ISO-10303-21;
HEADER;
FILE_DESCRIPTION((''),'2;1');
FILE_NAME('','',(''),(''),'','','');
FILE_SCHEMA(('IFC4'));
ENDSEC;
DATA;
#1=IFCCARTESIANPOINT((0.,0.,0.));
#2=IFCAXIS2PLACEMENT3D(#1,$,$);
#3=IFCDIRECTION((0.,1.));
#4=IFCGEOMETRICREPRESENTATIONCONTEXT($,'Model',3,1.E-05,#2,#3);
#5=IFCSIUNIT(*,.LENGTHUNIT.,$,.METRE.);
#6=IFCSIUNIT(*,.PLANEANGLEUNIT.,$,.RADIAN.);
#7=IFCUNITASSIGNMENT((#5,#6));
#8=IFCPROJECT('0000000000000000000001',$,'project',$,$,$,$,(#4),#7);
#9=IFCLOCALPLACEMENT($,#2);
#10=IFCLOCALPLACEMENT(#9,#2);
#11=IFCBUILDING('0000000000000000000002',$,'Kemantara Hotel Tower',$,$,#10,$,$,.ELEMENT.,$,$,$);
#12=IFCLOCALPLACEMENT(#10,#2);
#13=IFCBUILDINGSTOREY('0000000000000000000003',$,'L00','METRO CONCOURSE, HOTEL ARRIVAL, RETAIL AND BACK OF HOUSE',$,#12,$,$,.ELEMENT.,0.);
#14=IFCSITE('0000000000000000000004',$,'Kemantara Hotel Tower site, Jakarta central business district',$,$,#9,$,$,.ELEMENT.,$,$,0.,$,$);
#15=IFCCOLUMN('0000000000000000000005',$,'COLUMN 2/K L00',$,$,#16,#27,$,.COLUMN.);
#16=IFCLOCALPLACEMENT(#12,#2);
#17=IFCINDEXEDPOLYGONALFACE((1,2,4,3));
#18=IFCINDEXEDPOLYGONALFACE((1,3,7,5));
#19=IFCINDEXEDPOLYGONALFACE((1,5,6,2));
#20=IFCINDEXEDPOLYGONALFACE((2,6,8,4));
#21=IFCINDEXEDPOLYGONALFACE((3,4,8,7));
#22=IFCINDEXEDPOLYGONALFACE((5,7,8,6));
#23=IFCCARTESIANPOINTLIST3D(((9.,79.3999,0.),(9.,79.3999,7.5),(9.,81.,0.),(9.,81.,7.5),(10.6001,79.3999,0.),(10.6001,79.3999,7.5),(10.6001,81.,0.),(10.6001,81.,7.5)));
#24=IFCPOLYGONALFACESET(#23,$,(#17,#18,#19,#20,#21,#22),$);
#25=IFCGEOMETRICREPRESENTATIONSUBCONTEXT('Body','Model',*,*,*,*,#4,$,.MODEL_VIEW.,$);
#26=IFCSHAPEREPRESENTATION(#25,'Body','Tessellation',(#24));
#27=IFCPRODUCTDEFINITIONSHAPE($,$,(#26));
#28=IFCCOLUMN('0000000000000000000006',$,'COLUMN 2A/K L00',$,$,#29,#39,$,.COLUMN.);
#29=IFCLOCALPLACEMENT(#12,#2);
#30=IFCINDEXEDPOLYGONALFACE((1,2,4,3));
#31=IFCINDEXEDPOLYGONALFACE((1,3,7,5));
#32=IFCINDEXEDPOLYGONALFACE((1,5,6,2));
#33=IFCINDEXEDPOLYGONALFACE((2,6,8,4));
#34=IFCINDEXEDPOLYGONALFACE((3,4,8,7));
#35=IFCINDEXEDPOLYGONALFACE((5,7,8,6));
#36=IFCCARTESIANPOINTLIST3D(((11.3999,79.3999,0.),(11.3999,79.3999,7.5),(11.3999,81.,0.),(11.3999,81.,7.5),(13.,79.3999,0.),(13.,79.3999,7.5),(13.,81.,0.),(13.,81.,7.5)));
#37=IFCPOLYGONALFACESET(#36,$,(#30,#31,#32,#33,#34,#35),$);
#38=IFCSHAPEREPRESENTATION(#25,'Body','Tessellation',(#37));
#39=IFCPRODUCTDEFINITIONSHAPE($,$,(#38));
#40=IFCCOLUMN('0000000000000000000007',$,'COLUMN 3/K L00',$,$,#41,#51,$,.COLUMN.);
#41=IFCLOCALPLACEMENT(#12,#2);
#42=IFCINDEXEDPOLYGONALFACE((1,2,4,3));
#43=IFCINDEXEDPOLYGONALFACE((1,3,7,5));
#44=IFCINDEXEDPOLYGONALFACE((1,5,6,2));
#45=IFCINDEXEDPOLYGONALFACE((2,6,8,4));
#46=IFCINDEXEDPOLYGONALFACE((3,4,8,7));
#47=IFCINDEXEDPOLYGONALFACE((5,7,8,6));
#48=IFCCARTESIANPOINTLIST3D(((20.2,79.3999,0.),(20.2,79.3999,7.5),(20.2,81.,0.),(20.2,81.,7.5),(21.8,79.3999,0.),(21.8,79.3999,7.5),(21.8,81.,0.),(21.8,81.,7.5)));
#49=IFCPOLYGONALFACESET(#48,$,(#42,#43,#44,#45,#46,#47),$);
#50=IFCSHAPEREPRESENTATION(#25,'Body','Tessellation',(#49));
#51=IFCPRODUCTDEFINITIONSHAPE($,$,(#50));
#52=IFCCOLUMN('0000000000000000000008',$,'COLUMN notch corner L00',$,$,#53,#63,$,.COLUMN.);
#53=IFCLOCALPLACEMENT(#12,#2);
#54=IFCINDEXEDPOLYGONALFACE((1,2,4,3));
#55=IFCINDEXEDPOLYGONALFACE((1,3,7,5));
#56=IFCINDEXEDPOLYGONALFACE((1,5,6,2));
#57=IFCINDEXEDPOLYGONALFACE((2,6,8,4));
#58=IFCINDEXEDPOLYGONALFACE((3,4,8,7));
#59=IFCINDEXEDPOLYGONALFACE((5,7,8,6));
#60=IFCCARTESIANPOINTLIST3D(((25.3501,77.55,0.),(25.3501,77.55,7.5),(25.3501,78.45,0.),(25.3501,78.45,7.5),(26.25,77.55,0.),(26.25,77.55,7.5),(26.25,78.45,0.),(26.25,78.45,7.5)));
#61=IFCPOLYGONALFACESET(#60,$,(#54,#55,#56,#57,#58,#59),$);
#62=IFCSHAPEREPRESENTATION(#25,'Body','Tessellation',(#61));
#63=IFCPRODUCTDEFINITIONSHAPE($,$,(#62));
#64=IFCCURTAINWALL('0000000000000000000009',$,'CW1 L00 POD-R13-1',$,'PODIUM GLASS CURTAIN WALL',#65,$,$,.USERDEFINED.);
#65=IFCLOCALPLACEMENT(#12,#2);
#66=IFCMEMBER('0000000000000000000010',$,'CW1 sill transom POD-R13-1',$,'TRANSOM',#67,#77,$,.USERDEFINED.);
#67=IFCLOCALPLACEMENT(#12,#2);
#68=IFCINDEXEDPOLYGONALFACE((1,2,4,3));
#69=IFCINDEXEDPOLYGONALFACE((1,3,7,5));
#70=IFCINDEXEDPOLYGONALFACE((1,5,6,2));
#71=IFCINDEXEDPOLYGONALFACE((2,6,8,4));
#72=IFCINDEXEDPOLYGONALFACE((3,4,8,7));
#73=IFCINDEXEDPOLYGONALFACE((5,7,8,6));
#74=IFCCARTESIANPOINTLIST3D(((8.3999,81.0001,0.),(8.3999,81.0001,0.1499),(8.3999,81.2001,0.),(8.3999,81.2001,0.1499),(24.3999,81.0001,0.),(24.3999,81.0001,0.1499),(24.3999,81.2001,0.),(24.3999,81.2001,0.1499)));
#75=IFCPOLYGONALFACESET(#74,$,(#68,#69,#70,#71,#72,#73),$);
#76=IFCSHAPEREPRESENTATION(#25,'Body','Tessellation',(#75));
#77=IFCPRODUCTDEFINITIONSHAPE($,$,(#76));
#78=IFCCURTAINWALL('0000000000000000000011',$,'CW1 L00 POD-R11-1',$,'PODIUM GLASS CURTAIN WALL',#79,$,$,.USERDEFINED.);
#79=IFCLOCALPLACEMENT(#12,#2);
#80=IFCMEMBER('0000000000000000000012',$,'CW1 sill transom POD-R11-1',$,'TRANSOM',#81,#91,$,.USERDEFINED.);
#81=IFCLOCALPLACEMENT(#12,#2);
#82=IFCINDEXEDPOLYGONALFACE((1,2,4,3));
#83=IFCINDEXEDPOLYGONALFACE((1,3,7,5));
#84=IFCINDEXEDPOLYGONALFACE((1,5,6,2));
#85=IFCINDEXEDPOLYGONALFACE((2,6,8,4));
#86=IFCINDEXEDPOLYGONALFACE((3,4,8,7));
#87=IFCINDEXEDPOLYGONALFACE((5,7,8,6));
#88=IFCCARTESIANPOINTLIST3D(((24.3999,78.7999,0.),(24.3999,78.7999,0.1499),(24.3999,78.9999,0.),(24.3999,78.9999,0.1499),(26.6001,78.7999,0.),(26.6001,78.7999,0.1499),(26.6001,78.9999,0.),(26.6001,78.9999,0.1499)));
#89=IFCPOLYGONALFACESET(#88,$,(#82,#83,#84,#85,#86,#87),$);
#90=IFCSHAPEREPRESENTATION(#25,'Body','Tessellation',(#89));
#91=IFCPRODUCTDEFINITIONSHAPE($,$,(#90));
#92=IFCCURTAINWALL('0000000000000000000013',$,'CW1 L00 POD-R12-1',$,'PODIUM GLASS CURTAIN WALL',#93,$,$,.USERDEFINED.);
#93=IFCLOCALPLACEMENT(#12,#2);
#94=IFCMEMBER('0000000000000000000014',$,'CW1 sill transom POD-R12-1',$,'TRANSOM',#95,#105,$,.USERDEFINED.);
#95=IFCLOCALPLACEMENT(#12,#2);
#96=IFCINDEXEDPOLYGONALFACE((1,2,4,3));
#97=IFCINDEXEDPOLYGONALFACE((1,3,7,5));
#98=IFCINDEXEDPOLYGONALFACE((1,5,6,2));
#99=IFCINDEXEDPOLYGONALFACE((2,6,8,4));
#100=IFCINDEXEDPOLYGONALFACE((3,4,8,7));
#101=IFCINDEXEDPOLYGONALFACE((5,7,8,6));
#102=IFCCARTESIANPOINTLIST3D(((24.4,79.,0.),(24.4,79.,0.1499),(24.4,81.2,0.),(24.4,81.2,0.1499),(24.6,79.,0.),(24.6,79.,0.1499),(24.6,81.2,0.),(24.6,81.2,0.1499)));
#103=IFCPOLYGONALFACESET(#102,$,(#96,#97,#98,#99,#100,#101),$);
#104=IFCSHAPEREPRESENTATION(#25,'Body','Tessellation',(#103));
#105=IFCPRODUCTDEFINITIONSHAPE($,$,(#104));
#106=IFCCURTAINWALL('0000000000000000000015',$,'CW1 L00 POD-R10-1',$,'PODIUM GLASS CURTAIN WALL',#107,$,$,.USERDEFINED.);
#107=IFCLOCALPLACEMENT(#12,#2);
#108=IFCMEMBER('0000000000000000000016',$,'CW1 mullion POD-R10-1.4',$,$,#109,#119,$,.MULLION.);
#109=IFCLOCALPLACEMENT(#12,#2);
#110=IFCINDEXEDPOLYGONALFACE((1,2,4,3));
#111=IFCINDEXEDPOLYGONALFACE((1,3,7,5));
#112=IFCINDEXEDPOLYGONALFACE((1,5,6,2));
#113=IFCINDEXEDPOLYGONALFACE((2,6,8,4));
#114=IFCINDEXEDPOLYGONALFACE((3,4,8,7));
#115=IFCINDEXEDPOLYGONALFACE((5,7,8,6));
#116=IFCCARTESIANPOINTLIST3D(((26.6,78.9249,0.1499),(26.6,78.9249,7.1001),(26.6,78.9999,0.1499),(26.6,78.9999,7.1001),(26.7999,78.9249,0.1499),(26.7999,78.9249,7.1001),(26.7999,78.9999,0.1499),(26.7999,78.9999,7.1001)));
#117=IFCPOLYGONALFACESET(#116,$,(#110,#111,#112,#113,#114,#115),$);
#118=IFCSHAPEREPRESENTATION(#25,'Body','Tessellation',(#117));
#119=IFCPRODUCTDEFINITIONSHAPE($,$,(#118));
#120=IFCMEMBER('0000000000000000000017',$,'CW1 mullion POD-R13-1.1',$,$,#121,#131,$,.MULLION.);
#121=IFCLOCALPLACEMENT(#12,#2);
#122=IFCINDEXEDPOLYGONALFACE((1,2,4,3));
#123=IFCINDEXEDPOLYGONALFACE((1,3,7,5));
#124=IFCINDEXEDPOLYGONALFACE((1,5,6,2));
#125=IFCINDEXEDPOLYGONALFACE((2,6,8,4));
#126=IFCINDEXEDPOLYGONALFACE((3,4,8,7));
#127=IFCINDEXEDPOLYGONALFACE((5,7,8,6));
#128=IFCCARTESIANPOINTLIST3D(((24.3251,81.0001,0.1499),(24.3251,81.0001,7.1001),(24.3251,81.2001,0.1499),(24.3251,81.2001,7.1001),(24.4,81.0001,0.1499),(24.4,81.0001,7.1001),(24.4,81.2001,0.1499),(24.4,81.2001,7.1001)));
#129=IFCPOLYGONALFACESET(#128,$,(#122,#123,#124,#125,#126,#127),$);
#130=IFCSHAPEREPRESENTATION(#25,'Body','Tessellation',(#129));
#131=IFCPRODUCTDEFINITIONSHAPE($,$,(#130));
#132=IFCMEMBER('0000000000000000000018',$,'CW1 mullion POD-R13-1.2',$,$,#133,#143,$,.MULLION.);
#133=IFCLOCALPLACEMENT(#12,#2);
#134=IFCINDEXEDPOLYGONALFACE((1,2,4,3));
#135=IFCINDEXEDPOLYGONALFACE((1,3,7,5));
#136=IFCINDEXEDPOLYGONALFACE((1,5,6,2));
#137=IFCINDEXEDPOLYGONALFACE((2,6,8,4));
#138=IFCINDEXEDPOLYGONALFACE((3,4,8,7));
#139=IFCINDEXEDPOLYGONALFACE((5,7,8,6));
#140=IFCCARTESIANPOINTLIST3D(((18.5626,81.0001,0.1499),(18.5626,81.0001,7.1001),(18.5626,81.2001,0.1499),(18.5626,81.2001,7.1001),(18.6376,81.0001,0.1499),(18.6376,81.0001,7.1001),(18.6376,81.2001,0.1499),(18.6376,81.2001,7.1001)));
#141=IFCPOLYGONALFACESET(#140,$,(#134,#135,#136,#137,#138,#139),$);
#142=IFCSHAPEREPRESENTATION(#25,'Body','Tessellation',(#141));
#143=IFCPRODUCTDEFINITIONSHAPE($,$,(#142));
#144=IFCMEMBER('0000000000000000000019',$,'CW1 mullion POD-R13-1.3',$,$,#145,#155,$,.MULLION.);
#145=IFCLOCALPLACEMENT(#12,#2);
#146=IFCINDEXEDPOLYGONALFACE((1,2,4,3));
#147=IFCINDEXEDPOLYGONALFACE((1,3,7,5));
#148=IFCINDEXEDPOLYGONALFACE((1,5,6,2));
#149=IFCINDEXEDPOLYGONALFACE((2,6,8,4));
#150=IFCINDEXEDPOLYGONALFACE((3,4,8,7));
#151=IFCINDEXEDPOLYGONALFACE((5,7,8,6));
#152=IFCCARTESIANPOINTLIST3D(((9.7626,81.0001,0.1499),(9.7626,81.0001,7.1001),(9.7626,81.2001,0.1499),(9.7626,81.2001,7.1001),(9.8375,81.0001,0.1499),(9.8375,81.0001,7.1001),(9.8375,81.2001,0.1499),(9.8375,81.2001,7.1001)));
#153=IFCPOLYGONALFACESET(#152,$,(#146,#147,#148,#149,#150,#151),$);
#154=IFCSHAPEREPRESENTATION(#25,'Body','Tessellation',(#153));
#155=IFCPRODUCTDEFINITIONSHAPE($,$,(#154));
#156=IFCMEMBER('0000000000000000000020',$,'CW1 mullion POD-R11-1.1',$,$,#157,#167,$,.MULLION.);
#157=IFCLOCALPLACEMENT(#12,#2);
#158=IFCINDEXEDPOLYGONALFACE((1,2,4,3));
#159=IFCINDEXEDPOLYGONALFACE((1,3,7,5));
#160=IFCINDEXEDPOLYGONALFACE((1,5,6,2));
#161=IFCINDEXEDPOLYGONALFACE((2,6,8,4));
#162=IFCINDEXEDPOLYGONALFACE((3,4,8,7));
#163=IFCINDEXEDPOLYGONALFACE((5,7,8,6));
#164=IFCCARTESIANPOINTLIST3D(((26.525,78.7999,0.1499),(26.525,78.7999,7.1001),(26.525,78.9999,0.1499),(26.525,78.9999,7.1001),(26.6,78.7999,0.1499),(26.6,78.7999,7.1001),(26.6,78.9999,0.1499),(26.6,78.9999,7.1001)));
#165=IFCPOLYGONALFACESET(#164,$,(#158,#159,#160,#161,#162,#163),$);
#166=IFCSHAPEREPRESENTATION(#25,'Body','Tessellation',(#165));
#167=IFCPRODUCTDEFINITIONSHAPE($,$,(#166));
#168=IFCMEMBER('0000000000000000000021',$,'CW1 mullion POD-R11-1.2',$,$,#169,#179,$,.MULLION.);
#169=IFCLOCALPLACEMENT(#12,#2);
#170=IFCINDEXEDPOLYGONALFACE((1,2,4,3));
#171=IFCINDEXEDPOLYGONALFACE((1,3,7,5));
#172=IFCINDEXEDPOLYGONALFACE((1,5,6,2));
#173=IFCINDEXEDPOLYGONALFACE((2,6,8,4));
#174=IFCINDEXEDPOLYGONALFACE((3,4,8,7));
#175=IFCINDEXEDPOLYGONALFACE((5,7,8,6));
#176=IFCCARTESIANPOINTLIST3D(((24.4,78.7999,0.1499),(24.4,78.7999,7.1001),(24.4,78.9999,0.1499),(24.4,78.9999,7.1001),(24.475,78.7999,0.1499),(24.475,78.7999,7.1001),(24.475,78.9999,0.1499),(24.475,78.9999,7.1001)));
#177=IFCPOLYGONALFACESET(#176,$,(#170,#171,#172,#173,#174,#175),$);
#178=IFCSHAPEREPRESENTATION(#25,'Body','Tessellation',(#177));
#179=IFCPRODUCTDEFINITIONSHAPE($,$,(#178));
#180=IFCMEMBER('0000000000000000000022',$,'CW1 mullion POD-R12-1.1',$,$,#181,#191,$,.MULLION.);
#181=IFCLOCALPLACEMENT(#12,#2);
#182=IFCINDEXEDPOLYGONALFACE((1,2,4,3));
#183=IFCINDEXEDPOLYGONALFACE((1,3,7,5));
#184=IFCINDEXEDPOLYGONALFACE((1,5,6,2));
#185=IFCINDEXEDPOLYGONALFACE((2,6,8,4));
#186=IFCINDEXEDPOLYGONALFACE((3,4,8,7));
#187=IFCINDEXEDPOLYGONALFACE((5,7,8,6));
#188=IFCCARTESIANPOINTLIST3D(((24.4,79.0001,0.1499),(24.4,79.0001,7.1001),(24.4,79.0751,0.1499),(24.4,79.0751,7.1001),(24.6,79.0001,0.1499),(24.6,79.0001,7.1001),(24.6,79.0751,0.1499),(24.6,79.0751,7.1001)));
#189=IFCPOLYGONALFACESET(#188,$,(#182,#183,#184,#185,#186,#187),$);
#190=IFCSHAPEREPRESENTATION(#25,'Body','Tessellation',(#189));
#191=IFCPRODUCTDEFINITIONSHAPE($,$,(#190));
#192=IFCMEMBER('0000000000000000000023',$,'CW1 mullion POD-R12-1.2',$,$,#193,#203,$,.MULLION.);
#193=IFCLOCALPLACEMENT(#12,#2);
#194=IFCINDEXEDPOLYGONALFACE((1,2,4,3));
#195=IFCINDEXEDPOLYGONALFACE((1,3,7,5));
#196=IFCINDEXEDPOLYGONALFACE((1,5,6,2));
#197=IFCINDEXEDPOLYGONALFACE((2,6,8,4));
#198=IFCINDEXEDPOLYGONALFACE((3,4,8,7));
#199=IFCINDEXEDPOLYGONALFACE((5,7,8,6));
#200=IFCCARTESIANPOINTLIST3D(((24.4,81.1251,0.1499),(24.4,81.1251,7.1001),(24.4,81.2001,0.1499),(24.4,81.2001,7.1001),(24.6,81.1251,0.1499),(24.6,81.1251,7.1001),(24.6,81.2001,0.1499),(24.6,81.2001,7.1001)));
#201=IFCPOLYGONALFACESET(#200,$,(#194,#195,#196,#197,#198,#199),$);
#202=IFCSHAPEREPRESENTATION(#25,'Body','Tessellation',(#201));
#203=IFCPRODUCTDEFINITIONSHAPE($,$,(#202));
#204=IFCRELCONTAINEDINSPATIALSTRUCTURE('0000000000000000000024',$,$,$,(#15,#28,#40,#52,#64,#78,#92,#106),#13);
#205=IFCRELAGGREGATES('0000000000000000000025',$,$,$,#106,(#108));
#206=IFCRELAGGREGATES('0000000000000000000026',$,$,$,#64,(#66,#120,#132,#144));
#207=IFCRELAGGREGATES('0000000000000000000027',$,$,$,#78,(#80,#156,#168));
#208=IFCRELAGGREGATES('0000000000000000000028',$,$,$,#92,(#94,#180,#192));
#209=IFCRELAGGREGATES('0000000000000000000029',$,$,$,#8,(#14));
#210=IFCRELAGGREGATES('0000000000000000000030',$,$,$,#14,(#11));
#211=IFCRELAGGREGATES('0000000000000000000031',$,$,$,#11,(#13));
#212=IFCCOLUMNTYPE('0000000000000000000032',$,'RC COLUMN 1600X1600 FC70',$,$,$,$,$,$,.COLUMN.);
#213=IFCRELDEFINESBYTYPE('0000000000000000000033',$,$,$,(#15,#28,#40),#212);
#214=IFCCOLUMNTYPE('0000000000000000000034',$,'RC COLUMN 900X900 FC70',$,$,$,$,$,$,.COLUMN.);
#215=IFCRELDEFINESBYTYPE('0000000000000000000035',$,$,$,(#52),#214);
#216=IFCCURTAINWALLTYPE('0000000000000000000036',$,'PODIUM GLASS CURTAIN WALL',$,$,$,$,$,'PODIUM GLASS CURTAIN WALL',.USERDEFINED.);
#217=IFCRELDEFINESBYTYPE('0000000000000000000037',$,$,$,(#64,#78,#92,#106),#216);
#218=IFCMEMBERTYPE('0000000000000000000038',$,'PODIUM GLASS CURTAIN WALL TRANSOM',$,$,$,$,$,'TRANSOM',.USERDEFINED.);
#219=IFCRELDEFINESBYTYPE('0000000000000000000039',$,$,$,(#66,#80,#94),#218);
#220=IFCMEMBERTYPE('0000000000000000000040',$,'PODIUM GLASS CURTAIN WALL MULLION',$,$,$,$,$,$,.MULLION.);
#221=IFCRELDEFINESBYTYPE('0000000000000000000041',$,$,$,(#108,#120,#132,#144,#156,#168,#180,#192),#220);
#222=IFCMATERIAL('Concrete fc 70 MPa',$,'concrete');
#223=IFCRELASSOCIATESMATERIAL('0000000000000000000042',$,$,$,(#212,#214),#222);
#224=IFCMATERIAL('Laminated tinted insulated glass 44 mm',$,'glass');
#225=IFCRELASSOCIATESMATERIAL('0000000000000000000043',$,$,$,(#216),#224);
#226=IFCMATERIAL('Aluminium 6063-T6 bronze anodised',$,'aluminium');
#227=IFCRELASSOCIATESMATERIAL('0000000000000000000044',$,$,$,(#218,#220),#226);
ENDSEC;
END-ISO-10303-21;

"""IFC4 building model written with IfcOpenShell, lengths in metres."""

from ifc_helpers import new_model, si_unit, direction, frame, origin, origin_2d, place, context, subcontext, project, spatial, rectangle, extrude, source, transform, mapped, material, material_profile, profile_set, type_object, element, aggregate, save


model = new_model("IFC4")

# Units and contexts
model_context = context("Model", 3, precision=1e-05, world=origin(), true_north=direction((0.0, 1.0)))
body_context = subcontext(model_context, "Body", "Model", "MODEL_VIEW")
ifc_project = project(units=[si_unit("LENGTHUNIT", "METRE"), si_unit("PLANEANGLEUNIT", "RADIAN")], contexts=[model_context])

# Site, building, storey
site_placement = place(None, origin())
site = spatial("IfcSite", under=ifc_project, at=site_placement, Name="Kemantara Hotel Tower site, Jakarta central business district", CompositionType="ELEMENT", RefElevation=0.0)
building_placement = place(site_placement, origin())
building = spatial("IfcBuilding", under=site, at=building_placement, Name="Kemantara Hotel Tower", CompositionType="ELEMENT")
storey_placement = place(building_placement, origin())
storey = spatial("IfcBuildingStorey", under=building, at=storey_placement, Name="L00", Description="METRO CONCOURSE, HOTEL ARRIVAL, RETAIL AND BACK OF HOUSE", CompositionType="ELEMENT", Elevation=0.0)

# Columns
ifc_material_1 = material(Name="Concrete fc 70 MPa", Category="concrete")
ifc_material_profile_1 = material_profile(ifc_material_1, rectangle(XDim=1.6001, YDim=1.6001, at=origin_2d()), Name="RC 1600X1600")
ifc_profile_set_1 = profile_set([ifc_material_profile_1], Name="Concrete fc 70 MPa")
column_type_1 = type_object("IfcColumnType", Name="RC COLUMN 1600X1600 FC70", PredefinedType="COLUMN", material=ifc_profile_set_1)
for number, where, z_axis, x_axis, name in (
    (1, (9.8, 80.2, 0.0), (0.0, 0.0, 1.0), (1.0, 0.0, 0.0), "COLUMN 2/K L00"),
    (2, (12.2, 80.2, 0.0), (0.0, 0.0, 1.0), (1.0, 0.0, 0.0), "COLUMN 2A/K L00"),
    (3, (21.0, 80.2, 0.0), (0.0, 0.0, 1.0), (1.0, 0.0, 0.0), "COLUMN 3/K L00"),
):
    element("IfcColumn", number, at=place(storey_placement, frame(where, z_axis=z_axis, x_axis=x_axis)), inside=storey, type_object=column_type_1, Name=name, PredefinedType="COLUMN", context=body_context, shape_type="SweptSolid", body=[
        extrude(rectangle(XDim=1.6001, YDim=1.6001, at=origin_2d()), origin(), (0.0, 0.0, 1.0), 7.5),
    ])
ifc_material_profile_2 = material_profile(ifc_material_1, rectangle(XDim=0.8999, YDim=0.8999, at=origin_2d()), Name="RC 900X900")
ifc_profile_set_2 = profile_set([ifc_material_profile_2], Name="Concrete fc 70 MPa")
column_type_2 = type_object("IfcColumnType", Name="RC COLUMN 900X900 FC70", PredefinedType="COLUMN", material=ifc_profile_set_2)
column_placement = place(storey_placement, frame((25.8, 78.0, 0.0), z_axis=(0.0, 0.0, 1.0), x_axis=(1.0, 0.0, 0.0)))
element("IfcColumn", 4, at=column_placement, inside=storey, type_object=column_type_2, Name="COLUMN notch corner L00", PredefinedType="COLUMN", context=body_context, shape_type="SweptSolid", body=[
    extrude(rectangle(XDim=0.8999, YDim=0.8999, at=origin_2d()), origin(), (0.0, 0.0, 1.0), 7.5),
])

# Curtain walls, members
ifc_material_2 = material(Name="Laminated tinted insulated glass 44 mm", Category="glass")
curtain_wall_type = type_object("IfcCurtainWallType", Name="PODIUM GLASS CURTAIN WALL", ElementType="PODIUM GLASS CURTAIN WALL", PredefinedType="USERDEFINED", material=ifc_material_2)
curtain_wall_1_placement = place(storey_placement, origin())
curtain_wall_1 = element("IfcCurtainWall", 5, at=curtain_wall_1_placement, inside=storey, type_object=curtain_wall_type, Name="CW1 L00 POD-R13-1", ObjectType="PODIUM GLASS CURTAIN WALL", PredefinedType="USERDEFINED")
ifc_material_3 = material(Name="Aluminium 6063-T6 bronze anodised", Category="aluminium")
ifc_material_profile_3 = material_profile(ifc_material_3, rectangle(XDim=0.2, YDim=0.1499, at=origin_2d()), Name="PODIUM GLASS CURTAIN WALL TRANSOM")
ifc_profile_set_3 = profile_set([ifc_material_profile_3], Name="Aluminium 6063-T6 bronze anodised")
member_type_1 = type_object("IfcMemberType", Name="PODIUM GLASS CURTAIN WALL TRANSOM", ElementType="TRANSOM", PredefinedType="USERDEFINED", material=ifc_profile_set_3)
member_1_placement = place(storey_placement, frame((24.3999, 81.1001, 0.075), z_axis=(-1.0, 0.0, 0.0), x_axis=(0.0, -1.0, 0.0)))
member_1 = element("IfcMember", 6, at=member_1_placement, type_object=member_type_1, Name="CW1 sill transom POD-R13-1", ObjectType="TRANSOM", PredefinedType="USERDEFINED", context=body_context, shape_type="SweptSolid", body=[
    extrude(rectangle(XDim=0.2, YDim=0.1499, at=origin_2d()), origin(), (0.0, 0.0, 1.0), 16.0),
])
curtain_wall_2_placement = place(storey_placement, origin())
curtain_wall_2 = element("IfcCurtainWall", 7, at=curtain_wall_2_placement, inside=storey, type_object=curtain_wall_type, Name="CW1 L00 POD-R11-1", ObjectType="PODIUM GLASS CURTAIN WALL", PredefinedType="USERDEFINED")
member_2_placement = place(storey_placement, frame((26.6001, 78.8999, 0.075), z_axis=(-1.0, 0.0, 0.0), x_axis=(0.0, -1.0, 0.0)))
member_2 = element("IfcMember", 8, at=member_2_placement, type_object=member_type_1, Name="CW1 sill transom POD-R11-1", ObjectType="TRANSOM", PredefinedType="USERDEFINED", context=body_context, shape_type="SweptSolid", body=[
    extrude(rectangle(XDim=0.2, YDim=0.1499, at=origin_2d()), origin(), (0.0, 0.0, 1.0), 2.2002),
])
curtain_wall_3_placement = place(storey_placement, origin())
curtain_wall_3 = element("IfcCurtainWall", 9, at=curtain_wall_3_placement, inside=storey, type_object=curtain_wall_type, Name="CW1 L00 POD-R12-1", ObjectType="PODIUM GLASS CURTAIN WALL", PredefinedType="USERDEFINED")
member_3_placement = place(storey_placement, frame((24.5, 79.0, 0.075), z_axis=(0.0, 1.0, 0.0), x_axis=(-1.0, 0.0, 0.0)))
member_3 = element("IfcMember", 10, at=member_3_placement, type_object=member_type_1, Name="CW1 sill transom POD-R12-1", ObjectType="TRANSOM", PredefinedType="USERDEFINED", context=body_context, shape_type="SweptSolid", body=[
    extrude(rectangle(XDim=0.2, YDim=0.1499, at=origin_2d()), origin(), (0.0, 0.0, 1.0), 2.2),
])
curtain_wall_4_placement = place(storey_placement, origin())
curtain_wall_4 = element("IfcCurtainWall", 11, at=curtain_wall_4_placement, inside=storey, type_object=curtain_wall_type, Name="CW1 L00 POD-R10-1", ObjectType="PODIUM GLASS CURTAIN WALL", PredefinedType="USERDEFINED")
ifc_material_profile_4 = material_profile(ifc_material_3, rectangle(XDim=0.2, YDim=0.075, at=origin_2d()), Name="PODIUM GLASS CURTAIN WALL MULLION")
ifc_profile_set_4 = profile_set([ifc_material_profile_4], Name="Aluminium 6063-T6 bronze anodised")
member_type_2 = type_object("IfcMemberType", Name="PODIUM GLASS CURTAIN WALL MULLION", PredefinedType="MULLION", material=ifc_profile_set_4)
shared_shape_1 = source(origin(), body_context, "Body", "SweptSolid", [
    extrude(rectangle(XDim=0.2, YDim=0.075, at=origin_2d()), origin(), (0.0, 0.0, 1.0), 6.9502),
])
member_4_placement = place(storey_placement, frame((26.7, 78.9624, 0.1499), z_axis=(0.0, 0.0, 1.0), x_axis=(-1.0, 0.0, 0.0)))
member_4 = element("IfcMember", 12, at=member_4_placement, type_object=member_type_2, Name="CW1 mullion POD-R10-1.4", PredefinedType="MULLION", context=body_context, shape_type="MappedRepresentation", body=[
    mapped(shared_shape_1, transform((0.0, 0.0, 0.0))),
])
aggregate(curtain_wall_4, [member_4])

# Members
member_5_placement = place(storey_placement, frame((24.3625, 81.1001, 0.1499), z_axis=(0.0, 0.0, 1.0), x_axis=(0.0, -1.0, 0.0)))
member_5 = element("IfcMember", 13, at=member_5_placement, type_object=member_type_2, Name="CW1 mullion POD-R13-1.1", PredefinedType="MULLION", context=body_context, shape_type="MappedRepresentation", body=[
    mapped(shared_shape_1, transform((0.0, 0.0, 0.0))),
])
member_6_placement = place(storey_placement, frame((18.6001, 81.1001, 0.1499), z_axis=(0.0, 0.0, 1.0), x_axis=(0.0, -1.0, 0.0)))
member_6 = element("IfcMember", 14, at=member_6_placement, type_object=member_type_2, Name="CW1 mullion POD-R13-1.2", PredefinedType="MULLION", context=body_context, shape_type="MappedRepresentation", body=[
    mapped(shared_shape_1, transform((0.0, 0.0, 0.0))),
])
member_7_placement = place(storey_placement, frame((9.8, 81.1001, 0.1499), z_axis=(0.0, 0.0, 1.0), x_axis=(0.0, -1.0, 0.0)))
member_7 = element("IfcMember", 15, at=member_7_placement, type_object=member_type_2, Name="CW1 mullion POD-R13-1.3", PredefinedType="MULLION", context=body_context, shape_type="MappedRepresentation", body=[
    mapped(shared_shape_1, transform((0.0, 0.0, 0.0))),
])
member_8_placement = place(storey_placement, frame((26.5625, 78.8999, 0.1499), z_axis=(0.0, 0.0, 1.0), x_axis=(0.0, -1.0, 0.0)))
member_8 = element("IfcMember", 16, at=member_8_placement, type_object=member_type_2, Name="CW1 mullion POD-R11-1.1", PredefinedType="MULLION", context=body_context, shape_type="MappedRepresentation", body=[
    mapped(shared_shape_1, transform((0.0, 0.0, 0.0))),
])
member_9_placement = place(storey_placement, frame((24.4375, 78.8999, 0.1499), z_axis=(0.0, 0.0, 1.0), x_axis=(0.0, -1.0, 0.0)))
member_9 = element("IfcMember", 17, at=member_9_placement, type_object=member_type_2, Name="CW1 mullion POD-R11-1.2", PredefinedType="MULLION", context=body_context, shape_type="MappedRepresentation", body=[
    mapped(shared_shape_1, transform((0.0, 0.0, 0.0))),
])
member_10_placement = place(storey_placement, frame((24.5, 79.0376, 0.1499), z_axis=(0.0, 0.0, 1.0), x_axis=(-1.0, 0.0, 0.0)))
member_10 = element("IfcMember", 18, at=member_10_placement, type_object=member_type_2, Name="CW1 mullion POD-R12-1.1", PredefinedType="MULLION", context=body_context, shape_type="MappedRepresentation", body=[
    mapped(shared_shape_1, transform((0.0, 0.0, 0.0))),
])
member_11_placement = place(storey_placement, frame((24.5, 81.1626, 0.1499), z_axis=(0.0, 0.0, 1.0), x_axis=(-1.0, 0.0, 0.0)))
member_11 = element("IfcMember", 19, at=member_11_placement, type_object=member_type_2, Name="CW1 mullion POD-R12-1.2", PredefinedType="MULLION", context=body_context, shape_type="MappedRepresentation", body=[
    mapped(shared_shape_1, transform((0.0, 0.0, 0.0))),
])

aggregate(curtain_wall_1, [member_1, member_5, member_6, member_7])
aggregate(curtain_wall_2, [member_2, member_8, member_9])
aggregate(curtain_wall_3, [member_3, member_10, member_11])

save(model, "model.ifc")
